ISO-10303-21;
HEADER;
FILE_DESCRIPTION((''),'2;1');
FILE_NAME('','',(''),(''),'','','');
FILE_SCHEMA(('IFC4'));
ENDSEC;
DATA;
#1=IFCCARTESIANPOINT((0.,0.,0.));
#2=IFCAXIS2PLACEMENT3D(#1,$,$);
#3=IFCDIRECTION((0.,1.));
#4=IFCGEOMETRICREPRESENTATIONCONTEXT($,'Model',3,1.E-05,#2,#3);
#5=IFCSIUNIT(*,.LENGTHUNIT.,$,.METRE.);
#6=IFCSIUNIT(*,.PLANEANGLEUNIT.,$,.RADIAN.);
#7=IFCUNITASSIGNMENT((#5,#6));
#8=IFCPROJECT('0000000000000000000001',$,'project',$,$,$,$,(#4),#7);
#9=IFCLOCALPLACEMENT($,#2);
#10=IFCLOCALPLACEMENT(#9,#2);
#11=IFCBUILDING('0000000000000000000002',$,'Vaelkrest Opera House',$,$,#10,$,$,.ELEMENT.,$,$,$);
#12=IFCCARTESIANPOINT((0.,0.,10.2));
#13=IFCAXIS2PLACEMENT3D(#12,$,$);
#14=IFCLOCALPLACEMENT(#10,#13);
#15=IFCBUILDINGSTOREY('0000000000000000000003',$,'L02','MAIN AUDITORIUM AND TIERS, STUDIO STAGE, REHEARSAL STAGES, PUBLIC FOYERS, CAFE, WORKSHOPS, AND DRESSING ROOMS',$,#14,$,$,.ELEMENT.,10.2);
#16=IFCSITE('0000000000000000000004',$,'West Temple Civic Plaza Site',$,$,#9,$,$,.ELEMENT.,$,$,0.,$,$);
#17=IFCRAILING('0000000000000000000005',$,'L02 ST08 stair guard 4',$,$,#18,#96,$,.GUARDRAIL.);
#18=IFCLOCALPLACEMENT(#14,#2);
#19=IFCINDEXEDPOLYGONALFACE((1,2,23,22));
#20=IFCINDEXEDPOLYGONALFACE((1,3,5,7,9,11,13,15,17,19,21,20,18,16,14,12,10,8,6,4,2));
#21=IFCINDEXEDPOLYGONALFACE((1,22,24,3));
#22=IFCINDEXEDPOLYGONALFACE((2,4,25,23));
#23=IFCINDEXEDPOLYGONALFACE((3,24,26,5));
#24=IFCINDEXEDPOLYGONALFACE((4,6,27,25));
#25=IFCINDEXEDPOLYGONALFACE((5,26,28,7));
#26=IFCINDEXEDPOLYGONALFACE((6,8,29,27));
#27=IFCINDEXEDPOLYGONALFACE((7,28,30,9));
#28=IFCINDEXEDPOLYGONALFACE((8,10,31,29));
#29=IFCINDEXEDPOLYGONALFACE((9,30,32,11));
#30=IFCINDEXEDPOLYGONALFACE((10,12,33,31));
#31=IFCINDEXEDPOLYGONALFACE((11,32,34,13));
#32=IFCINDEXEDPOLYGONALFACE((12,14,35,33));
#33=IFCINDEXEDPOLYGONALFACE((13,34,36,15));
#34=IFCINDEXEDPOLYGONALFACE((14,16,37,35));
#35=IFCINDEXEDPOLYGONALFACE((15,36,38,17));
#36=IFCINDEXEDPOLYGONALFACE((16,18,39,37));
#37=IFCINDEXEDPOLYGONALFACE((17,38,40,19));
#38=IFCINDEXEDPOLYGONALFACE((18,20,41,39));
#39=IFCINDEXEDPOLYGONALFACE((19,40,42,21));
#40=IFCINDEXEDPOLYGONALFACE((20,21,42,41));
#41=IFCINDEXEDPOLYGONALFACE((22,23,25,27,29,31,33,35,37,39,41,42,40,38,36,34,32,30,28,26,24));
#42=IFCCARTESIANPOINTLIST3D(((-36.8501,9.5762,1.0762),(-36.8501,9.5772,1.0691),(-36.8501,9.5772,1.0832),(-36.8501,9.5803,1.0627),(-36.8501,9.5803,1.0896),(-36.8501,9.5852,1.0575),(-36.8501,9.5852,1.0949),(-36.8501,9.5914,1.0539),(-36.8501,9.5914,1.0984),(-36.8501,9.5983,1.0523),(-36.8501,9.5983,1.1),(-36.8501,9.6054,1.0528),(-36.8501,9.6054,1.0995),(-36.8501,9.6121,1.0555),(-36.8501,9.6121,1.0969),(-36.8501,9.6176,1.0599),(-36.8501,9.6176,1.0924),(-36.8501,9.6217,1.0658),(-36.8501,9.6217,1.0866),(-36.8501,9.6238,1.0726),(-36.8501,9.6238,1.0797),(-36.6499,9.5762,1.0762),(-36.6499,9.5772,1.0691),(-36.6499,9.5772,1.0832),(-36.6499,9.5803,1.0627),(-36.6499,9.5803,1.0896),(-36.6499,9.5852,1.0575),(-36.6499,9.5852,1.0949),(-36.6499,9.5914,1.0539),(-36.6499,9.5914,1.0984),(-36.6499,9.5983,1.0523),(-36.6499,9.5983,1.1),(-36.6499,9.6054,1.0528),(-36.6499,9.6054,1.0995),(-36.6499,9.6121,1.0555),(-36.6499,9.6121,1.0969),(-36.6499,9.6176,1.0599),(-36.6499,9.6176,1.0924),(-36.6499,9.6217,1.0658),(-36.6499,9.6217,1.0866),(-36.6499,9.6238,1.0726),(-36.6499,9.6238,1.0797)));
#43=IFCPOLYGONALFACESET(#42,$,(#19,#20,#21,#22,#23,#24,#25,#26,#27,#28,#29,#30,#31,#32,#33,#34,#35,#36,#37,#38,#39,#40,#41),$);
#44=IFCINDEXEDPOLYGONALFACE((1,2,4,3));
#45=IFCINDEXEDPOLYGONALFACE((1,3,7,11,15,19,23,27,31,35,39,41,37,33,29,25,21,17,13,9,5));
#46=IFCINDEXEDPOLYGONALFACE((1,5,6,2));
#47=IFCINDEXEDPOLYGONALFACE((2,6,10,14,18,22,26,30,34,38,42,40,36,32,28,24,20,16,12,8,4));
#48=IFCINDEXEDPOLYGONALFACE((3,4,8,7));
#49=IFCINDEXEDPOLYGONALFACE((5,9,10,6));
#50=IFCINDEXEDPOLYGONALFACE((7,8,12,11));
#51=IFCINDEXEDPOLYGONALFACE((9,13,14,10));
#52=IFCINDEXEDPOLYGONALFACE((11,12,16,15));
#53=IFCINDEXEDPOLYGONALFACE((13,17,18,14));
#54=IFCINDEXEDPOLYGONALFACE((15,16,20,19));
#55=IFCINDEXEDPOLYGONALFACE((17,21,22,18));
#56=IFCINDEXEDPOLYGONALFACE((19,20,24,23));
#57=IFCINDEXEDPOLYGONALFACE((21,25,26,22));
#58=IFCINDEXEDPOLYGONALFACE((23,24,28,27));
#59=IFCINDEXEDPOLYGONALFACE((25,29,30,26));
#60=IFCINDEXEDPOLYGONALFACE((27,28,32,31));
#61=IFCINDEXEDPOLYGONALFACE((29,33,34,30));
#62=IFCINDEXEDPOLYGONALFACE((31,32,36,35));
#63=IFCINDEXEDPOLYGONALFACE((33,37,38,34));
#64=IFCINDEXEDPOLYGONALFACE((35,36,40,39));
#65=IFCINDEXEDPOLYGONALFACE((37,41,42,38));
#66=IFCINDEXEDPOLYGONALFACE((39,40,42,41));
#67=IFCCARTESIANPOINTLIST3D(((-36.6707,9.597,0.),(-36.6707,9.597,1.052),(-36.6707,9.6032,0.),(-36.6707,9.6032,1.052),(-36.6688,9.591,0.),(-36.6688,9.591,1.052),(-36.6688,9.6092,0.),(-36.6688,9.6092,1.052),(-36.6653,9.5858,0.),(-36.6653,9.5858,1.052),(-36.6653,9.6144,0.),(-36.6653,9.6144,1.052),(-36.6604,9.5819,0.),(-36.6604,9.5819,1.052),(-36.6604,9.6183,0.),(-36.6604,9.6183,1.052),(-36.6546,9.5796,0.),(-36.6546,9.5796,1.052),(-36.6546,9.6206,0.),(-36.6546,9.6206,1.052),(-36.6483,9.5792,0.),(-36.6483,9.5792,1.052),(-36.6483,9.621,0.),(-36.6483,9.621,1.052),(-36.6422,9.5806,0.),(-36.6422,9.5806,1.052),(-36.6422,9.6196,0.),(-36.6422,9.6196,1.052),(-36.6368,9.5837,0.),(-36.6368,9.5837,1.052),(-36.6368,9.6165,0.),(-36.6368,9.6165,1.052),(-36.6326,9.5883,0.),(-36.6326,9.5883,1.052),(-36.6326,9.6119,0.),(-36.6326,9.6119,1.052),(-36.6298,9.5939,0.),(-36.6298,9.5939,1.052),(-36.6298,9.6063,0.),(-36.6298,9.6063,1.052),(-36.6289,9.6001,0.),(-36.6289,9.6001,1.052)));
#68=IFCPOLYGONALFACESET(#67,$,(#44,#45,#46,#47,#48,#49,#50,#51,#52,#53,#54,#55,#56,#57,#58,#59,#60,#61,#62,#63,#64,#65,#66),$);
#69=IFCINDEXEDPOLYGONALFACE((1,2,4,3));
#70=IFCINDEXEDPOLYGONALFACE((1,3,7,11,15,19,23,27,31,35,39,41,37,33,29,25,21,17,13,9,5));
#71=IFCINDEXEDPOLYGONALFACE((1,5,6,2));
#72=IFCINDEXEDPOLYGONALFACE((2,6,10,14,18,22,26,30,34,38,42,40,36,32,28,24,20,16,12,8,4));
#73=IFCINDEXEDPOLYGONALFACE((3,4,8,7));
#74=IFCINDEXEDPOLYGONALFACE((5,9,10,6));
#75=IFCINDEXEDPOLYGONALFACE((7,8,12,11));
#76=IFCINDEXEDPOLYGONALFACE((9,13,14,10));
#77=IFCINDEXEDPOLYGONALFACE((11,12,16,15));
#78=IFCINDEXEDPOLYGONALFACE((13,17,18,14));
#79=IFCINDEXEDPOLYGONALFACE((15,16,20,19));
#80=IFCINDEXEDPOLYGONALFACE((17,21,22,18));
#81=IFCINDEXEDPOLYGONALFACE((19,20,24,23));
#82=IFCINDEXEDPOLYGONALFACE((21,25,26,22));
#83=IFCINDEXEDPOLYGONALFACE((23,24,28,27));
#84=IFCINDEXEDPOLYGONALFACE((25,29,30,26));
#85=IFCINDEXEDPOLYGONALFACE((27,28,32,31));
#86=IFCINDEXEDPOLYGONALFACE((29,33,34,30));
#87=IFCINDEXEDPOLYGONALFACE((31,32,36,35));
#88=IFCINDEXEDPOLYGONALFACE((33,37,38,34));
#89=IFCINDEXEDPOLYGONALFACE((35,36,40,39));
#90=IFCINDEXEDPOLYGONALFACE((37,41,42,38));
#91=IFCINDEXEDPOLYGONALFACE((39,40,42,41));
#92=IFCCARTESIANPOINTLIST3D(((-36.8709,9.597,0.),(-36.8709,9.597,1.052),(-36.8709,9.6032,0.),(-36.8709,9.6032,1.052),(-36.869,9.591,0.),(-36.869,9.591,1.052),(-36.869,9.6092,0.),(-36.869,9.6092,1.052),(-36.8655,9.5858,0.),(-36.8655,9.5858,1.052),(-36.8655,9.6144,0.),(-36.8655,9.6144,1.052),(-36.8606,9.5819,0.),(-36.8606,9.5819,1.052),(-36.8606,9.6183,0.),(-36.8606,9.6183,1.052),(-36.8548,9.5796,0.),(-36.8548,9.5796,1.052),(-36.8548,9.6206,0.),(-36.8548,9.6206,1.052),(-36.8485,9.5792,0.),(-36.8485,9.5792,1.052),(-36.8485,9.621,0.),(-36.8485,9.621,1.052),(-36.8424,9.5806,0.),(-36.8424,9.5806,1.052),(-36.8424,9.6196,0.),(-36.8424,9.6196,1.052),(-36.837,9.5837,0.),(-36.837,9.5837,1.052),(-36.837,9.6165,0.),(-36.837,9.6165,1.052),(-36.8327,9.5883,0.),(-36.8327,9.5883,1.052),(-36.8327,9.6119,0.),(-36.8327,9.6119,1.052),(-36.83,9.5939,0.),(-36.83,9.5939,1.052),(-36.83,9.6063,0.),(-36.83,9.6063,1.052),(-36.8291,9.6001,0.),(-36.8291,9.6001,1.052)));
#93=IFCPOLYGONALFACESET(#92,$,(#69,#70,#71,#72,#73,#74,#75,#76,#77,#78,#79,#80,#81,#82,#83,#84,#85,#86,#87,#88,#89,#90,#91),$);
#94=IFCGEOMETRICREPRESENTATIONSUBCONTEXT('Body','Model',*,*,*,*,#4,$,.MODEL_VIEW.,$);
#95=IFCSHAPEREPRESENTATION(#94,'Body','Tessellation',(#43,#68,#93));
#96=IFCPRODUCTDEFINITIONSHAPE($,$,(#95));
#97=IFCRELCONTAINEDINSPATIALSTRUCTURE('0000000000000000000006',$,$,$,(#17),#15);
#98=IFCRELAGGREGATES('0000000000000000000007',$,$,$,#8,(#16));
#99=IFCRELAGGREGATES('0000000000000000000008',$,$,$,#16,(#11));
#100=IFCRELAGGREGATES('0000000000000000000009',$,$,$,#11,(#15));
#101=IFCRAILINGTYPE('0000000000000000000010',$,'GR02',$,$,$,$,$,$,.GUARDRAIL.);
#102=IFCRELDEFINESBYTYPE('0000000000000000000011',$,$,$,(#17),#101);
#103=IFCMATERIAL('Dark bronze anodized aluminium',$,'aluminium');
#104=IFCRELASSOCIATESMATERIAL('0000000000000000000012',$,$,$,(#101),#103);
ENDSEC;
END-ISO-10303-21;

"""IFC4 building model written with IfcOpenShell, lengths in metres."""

from ifc_helpers import new_model, si_unit, direction, frame, origin, origin_2d, place, context, subcontext, project, spatial, circle, extrude, material, type_object, element, save


model = new_model("IFC4")

# Units and contexts
model_context = context("Model", 3, precision=1e-05, world=origin(), true_north=direction((0.0, 1.0)))
body_context = subcontext(model_context, "Body", "Model", "MODEL_VIEW")
ifc_project = project(units=[si_unit("LENGTHUNIT", "METRE"), si_unit("PLANEANGLEUNIT", "RADIAN")], contexts=[model_context])

# Site, building, storey
site_placement = place(None, origin())
site = spatial("IfcSite", under=ifc_project, at=site_placement, Name="West Temple Civic Plaza Site", CompositionType="ELEMENT", RefElevation=0.0)
building_placement = place(site_placement, origin())
building = spatial("IfcBuilding", under=site, at=building_placement, Name="Vaelkrest Opera House", CompositionType="ELEMENT")
storey_placement = place(building_placement, frame((0.0, 0.0, 10.2)))
storey = spatial("IfcBuildingStorey", under=building, at=storey_placement, Name="L02", Description="MAIN AUDITORIUM AND TIERS, STUDIO STAGE, REHEARSAL STAGES, PUBLIC FOYERS, CAFE, WORKSHOPS, AND DRESSING ROOMS", CompositionType="ELEMENT", Elevation=10.2)

# Shared definitions
ifc_material_1 = material(Name="Dark bronze anodized aluminium", Category="aluminium")

# Railing
railing_type_1 = type_object("IfcRailingType", Name="GR02", PredefinedType="GUARDRAIL", material=ifc_material_1)
railing_1_placement = place(storey_placement, frame((-36.6499, 9.6001, 0.0)))
element("IfcRailing", 1, at=railing_1_placement, inside=storey, type_object=railing_type_1, Name="L02 ST08 stair guard 4", PredefinedType="GUARDRAIL", context=body_context, shape_type="SweptSolid", body=[
    extrude(circle(Radius=0.0239, at=origin_2d()), frame((0.0, 0.0, 1.0762), z_axis=(-1.0, 0.0, 0.0), x_axis=(0.0, -1.0, 0.0)), (0.0, 0.0, 1.0), 0.2002),
    extrude(circle(Radius=0.021, at=origin_2d()), origin(), (0.0, 0.0, 1.0), 1.052),
    extrude(circle(Radius=0.021, at=origin_2d()), frame((-0.2002, 0.0, 0.0)), (0.0, 0.0, 1.0), 1.052),
])

save(model, "model.ifc")
